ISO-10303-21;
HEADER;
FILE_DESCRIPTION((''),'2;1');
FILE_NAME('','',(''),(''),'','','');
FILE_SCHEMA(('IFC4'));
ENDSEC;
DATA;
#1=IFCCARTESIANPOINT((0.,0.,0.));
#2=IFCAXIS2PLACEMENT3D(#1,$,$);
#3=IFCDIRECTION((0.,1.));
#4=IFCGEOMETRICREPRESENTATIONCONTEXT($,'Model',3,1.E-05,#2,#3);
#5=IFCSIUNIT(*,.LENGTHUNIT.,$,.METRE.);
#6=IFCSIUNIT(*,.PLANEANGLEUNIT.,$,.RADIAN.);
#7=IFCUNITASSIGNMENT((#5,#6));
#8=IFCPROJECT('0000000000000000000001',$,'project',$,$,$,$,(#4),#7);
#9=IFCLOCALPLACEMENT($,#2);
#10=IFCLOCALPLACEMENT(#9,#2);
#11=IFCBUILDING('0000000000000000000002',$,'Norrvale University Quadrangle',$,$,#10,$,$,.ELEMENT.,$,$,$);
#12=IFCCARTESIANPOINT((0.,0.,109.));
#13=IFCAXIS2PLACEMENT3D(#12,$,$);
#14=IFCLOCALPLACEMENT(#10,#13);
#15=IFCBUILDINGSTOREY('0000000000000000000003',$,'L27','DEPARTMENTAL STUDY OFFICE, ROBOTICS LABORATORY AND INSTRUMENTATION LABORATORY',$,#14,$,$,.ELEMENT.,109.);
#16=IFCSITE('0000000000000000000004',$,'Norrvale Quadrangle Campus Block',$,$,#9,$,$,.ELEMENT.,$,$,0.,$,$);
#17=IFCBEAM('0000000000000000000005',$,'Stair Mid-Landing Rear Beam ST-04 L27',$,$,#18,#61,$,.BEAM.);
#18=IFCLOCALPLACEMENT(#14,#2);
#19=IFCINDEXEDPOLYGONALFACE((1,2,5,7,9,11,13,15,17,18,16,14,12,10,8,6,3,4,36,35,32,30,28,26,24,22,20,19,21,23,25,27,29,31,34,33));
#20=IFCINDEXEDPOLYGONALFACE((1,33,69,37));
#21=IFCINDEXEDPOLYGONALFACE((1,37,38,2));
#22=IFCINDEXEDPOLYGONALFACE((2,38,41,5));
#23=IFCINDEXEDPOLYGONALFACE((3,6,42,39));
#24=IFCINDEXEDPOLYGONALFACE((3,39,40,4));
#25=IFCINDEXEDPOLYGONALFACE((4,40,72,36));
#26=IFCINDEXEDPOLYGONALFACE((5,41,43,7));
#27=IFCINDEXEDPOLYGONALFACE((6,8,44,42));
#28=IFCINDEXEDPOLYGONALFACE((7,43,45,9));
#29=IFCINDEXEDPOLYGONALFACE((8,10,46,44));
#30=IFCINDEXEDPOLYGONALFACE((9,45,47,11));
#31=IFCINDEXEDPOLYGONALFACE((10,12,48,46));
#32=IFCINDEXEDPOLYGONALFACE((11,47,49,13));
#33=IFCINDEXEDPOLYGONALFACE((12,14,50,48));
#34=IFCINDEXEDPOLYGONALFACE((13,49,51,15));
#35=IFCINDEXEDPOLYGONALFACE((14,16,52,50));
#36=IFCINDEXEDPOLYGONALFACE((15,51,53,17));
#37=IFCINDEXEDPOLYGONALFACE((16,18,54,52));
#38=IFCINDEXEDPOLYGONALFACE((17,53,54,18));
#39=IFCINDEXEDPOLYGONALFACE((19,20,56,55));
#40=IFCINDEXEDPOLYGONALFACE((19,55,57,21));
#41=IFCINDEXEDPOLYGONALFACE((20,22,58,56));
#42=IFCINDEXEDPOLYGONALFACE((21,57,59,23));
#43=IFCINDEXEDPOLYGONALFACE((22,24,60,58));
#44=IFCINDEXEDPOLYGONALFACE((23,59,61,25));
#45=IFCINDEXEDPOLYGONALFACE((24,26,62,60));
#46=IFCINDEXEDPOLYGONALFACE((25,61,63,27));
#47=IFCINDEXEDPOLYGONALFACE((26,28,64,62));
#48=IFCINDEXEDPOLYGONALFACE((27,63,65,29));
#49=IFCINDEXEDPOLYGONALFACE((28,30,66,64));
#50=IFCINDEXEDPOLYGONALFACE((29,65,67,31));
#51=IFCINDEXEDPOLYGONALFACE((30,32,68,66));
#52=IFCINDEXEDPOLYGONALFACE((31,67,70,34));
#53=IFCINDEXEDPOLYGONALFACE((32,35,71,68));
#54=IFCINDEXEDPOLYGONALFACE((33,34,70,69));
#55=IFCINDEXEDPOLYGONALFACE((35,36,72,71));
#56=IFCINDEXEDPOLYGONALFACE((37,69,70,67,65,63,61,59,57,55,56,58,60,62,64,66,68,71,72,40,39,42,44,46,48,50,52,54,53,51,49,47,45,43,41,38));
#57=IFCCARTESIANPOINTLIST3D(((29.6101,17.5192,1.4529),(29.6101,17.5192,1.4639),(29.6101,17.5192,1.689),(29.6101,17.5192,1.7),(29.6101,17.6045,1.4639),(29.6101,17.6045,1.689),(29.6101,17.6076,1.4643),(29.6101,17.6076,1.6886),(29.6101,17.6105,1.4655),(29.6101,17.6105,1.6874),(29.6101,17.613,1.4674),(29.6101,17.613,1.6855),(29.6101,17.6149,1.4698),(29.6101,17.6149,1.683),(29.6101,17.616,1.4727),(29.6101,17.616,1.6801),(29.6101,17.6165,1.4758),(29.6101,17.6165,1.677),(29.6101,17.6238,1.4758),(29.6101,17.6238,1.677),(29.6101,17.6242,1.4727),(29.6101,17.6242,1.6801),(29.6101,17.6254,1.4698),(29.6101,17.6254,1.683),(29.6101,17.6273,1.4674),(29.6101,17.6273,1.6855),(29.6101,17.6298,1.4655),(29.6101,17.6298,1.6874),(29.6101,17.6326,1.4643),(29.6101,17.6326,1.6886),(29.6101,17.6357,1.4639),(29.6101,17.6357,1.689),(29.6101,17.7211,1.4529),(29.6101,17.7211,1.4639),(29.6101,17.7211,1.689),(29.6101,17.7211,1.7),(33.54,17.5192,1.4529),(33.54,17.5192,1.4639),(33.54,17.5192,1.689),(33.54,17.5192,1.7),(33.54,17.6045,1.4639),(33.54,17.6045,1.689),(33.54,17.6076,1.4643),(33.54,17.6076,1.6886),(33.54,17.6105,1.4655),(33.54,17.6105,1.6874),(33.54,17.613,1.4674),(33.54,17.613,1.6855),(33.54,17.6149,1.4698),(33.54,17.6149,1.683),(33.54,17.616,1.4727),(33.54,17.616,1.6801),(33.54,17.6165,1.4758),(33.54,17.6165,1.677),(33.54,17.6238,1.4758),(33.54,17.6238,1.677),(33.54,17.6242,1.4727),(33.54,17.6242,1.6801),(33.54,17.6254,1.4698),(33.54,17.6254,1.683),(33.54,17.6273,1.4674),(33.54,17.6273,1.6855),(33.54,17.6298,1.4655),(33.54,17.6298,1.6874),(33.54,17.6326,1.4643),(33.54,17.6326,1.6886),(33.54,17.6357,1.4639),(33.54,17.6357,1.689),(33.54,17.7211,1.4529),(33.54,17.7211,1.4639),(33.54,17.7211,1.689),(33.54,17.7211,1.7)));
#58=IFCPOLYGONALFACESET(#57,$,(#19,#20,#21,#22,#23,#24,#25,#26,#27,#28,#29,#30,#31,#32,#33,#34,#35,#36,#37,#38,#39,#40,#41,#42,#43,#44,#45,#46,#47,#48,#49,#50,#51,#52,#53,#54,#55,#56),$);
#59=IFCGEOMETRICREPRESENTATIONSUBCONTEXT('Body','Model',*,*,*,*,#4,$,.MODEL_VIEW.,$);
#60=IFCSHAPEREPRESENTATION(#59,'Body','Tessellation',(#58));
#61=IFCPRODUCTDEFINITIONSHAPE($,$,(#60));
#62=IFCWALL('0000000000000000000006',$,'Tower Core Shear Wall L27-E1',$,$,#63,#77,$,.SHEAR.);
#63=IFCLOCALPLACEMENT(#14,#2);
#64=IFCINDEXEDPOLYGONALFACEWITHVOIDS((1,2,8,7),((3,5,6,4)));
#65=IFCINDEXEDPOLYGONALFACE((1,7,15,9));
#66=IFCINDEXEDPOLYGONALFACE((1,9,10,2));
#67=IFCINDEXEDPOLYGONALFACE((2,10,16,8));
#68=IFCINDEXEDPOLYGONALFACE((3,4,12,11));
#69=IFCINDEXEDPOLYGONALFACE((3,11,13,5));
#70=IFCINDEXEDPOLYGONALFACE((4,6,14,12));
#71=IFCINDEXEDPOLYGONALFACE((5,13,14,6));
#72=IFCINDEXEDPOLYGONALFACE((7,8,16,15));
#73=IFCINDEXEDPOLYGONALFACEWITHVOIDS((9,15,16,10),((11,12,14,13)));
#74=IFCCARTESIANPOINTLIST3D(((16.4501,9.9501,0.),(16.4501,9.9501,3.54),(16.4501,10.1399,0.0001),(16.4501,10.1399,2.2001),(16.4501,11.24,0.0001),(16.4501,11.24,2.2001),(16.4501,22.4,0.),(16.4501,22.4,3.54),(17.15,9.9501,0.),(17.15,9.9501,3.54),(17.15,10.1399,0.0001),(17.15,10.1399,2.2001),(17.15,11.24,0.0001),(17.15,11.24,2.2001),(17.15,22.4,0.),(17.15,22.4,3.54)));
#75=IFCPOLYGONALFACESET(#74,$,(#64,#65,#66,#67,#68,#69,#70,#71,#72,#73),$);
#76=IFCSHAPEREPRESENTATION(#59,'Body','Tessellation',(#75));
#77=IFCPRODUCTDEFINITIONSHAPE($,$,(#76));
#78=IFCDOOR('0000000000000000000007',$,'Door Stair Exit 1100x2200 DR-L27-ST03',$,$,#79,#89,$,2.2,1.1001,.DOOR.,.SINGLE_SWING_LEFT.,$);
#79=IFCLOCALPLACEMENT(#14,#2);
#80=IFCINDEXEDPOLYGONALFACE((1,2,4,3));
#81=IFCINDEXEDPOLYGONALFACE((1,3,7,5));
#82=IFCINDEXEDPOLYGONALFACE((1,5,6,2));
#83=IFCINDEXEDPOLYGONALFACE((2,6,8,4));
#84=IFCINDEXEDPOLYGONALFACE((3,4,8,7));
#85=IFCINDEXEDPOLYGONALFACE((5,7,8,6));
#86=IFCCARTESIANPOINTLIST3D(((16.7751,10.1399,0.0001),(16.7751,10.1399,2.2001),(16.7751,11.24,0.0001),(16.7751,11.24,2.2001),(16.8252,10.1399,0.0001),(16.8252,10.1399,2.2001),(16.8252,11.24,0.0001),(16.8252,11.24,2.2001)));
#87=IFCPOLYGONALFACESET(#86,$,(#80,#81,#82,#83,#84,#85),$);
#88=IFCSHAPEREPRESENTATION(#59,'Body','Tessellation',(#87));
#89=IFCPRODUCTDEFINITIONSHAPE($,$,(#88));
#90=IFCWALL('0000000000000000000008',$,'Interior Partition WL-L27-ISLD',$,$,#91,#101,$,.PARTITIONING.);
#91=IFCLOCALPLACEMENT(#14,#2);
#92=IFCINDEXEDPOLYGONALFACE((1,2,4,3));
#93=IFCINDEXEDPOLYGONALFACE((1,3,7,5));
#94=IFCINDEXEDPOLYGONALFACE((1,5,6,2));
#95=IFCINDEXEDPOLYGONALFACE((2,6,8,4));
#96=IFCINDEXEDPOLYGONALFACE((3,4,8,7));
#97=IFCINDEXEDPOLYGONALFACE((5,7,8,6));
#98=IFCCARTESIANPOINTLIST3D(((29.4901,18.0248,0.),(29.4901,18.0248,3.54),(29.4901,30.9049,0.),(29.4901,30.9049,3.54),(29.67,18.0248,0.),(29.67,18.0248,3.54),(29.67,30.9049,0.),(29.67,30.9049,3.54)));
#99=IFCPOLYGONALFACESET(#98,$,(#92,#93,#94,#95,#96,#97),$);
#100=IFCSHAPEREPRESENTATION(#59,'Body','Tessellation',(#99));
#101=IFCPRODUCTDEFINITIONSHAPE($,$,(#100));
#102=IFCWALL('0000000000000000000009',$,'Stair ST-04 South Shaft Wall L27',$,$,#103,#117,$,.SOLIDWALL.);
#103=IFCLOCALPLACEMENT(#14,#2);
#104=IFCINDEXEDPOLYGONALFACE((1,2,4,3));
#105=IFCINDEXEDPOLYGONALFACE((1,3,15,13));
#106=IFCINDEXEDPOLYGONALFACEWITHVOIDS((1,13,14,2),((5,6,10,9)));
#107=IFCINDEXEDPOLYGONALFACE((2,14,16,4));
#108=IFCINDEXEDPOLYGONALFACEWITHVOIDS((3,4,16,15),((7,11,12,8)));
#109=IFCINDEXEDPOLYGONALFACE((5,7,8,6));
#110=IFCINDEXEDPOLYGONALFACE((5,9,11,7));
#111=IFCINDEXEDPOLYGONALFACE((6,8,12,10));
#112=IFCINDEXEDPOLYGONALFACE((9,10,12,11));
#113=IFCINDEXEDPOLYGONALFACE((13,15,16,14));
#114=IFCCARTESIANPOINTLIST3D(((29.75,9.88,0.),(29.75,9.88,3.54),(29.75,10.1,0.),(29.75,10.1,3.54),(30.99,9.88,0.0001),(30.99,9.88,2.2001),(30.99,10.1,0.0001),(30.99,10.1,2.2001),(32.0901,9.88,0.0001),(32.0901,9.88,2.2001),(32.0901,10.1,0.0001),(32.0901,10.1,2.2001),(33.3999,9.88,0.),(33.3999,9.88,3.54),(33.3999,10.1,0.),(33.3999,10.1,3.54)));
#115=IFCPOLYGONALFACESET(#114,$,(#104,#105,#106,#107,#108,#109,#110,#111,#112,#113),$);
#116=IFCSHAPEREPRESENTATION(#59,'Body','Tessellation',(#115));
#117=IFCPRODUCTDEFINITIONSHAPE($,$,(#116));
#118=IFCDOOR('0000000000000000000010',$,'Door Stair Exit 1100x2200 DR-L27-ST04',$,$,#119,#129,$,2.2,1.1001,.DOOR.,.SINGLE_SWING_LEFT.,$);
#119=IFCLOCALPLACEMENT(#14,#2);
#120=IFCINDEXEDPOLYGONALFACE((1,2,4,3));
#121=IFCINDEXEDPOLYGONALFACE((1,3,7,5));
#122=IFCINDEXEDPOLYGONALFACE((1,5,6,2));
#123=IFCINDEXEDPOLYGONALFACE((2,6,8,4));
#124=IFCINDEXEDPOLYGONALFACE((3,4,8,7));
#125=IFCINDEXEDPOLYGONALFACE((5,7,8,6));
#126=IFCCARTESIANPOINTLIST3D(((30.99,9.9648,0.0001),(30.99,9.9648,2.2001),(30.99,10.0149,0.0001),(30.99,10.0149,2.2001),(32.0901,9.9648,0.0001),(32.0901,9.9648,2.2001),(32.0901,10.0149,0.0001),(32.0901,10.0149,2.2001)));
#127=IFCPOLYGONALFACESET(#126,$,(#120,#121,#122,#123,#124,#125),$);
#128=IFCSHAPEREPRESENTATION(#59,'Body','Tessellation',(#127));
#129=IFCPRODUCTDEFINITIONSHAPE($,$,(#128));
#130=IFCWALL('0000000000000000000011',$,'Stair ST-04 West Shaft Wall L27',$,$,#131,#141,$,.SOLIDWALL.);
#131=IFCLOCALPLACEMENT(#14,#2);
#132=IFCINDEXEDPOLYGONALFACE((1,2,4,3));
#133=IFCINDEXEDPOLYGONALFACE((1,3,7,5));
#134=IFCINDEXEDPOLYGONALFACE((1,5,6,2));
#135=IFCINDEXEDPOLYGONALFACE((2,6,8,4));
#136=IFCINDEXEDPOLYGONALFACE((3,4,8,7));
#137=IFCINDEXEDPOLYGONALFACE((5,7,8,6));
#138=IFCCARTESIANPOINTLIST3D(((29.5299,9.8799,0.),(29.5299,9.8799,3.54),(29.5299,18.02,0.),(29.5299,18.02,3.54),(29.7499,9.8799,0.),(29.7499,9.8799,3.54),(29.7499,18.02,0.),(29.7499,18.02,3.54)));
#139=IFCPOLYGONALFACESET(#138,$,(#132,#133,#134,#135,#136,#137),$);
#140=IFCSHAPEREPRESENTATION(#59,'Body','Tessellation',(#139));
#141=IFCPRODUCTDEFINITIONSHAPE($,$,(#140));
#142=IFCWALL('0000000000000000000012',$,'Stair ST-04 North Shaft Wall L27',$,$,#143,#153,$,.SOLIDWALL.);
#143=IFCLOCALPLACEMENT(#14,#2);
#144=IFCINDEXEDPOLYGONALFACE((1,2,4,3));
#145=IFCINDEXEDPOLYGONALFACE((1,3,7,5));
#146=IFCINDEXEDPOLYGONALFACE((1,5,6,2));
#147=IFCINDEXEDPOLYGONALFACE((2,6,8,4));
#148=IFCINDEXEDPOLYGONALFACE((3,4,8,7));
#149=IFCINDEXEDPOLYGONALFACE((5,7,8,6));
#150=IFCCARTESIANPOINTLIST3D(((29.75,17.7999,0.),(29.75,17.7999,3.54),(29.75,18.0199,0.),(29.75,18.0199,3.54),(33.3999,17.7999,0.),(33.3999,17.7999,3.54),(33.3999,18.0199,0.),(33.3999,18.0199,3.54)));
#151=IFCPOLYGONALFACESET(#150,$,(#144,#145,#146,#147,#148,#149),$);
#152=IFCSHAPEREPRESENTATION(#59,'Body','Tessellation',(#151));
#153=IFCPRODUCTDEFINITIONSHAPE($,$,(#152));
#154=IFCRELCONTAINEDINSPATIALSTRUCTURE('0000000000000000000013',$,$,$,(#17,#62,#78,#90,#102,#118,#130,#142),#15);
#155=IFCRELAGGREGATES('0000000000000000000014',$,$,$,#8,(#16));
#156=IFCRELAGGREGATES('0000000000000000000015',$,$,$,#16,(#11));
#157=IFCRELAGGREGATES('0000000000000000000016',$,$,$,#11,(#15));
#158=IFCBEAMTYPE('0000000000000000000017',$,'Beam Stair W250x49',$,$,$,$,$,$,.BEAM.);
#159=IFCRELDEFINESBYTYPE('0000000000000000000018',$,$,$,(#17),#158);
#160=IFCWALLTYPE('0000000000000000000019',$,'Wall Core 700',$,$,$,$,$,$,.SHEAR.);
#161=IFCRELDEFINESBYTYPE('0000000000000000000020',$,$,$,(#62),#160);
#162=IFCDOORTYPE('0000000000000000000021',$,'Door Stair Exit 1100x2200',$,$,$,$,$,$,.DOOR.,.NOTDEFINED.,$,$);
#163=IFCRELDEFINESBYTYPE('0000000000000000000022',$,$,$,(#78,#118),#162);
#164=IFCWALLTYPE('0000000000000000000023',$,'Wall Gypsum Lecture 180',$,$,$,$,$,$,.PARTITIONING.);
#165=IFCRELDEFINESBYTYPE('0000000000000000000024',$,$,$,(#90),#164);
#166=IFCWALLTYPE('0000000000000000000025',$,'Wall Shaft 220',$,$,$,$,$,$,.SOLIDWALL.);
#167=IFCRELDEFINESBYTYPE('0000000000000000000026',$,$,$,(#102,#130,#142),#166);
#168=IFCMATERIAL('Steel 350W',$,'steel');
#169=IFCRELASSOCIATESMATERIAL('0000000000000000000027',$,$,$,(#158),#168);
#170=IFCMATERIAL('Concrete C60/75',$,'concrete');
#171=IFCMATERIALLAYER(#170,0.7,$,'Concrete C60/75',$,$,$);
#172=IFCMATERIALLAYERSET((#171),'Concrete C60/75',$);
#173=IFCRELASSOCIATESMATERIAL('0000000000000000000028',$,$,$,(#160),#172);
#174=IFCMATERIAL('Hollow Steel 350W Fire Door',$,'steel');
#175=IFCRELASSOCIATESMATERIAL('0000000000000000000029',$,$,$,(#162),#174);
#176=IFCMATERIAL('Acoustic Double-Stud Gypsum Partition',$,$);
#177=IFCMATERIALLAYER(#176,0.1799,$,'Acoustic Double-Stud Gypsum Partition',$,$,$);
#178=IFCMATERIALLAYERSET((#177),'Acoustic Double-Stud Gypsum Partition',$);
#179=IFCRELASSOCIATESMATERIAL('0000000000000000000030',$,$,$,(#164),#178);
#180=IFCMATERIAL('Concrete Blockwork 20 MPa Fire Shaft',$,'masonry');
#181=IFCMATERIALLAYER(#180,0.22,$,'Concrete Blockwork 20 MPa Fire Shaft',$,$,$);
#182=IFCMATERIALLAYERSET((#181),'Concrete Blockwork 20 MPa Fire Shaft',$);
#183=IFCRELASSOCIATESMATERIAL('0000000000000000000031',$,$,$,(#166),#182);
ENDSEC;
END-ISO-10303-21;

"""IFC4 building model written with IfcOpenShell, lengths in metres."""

from ifc_helpers import new_model, si_unit, direction, frame, frame_2d, origin, origin_2d, place, context, subcontext, project, spatial, rectangle, i_section, extrude, material, layer, layer_set, material_profile, profile_set, type_object, element, fill, save


model = new_model("IFC4")

# Units and contexts
model_context = context("Model", 3, precision=1e-05, world=origin(), true_north=direction((0.0, 1.0)))
body_context = subcontext(model_context, "Body", "Model", "MODEL_VIEW")
ifc_project = project(units=[si_unit("LENGTHUNIT", "METRE"), si_unit("PLANEANGLEUNIT", "RADIAN")], contexts=[model_context])

# Site, building, storey
site_placement = place(None, origin())
site = spatial("IfcSite", under=ifc_project, at=site_placement, Name="Norrvale Quadrangle Campus Block", CompositionType="ELEMENT", RefElevation=0.0)
building_placement = place(site_placement, origin())
building = spatial("IfcBuilding", under=site, at=building_placement, Name="Norrvale University Quadrangle", CompositionType="ELEMENT")
storey_placement = place(building_placement, frame((0.0, 0.0, 109.0)))
storey = spatial("IfcBuildingStorey", under=building, at=storey_placement, Name="L27", Description="DEPARTMENTAL STUDY OFFICE, ROBOTICS LABORATORY AND INSTRUMENTATION LABORATORY", CompositionType="ELEMENT", Elevation=109.0)

# Shared definitions
ifc_material_1 = material(Name="Concrete C60/75", Category="concrete")

# Beam
ifc_material_2 = material(Name="Steel 350W", Category="steel")
ifc_material_profile_1 = material_profile(ifc_material_2, i_section(OverallWidth=0.2019, OverallDepth=0.2471, WebThickness=0.0073, FlangeThickness=0.011, FilletRadius=0.012, at=origin_2d()), Name="Steel 350W")
ifc_profile_set_1 = profile_set([ifc_material_profile_1], Name="Steel 350W")
beam_type_1 = type_object("IfcBeamType", Name="Beam Stair W250x49", PredefinedType="BEAM", material=ifc_profile_set_1)
for number, where, z_axis, x_axis, name in (
    (1, (29.6101, 17.6201, 1.5764), (1.0, 0.0, 0.0), (0.0, 1.0, 0.0), "Stair Mid-Landing Rear Beam ST-04 L27"),
):
    element("IfcBeam", number, at=place(storey_placement, frame(where, z_axis=z_axis, x_axis=x_axis)), inside=storey, type_object=beam_type_1, Name=name, PredefinedType="BEAM", context=body_context, shape_type="SweptSolid", body=[
        extrude(i_section(OverallWidth=0.2019, OverallDepth=0.2471, WebThickness=0.0073, FlangeThickness=0.011, FilletRadius=0.012, at=origin_2d()), origin(), (0.0, 0.0, 1.0), 3.9299),
    ])

# Wall, opening, door
ifc_layer_1 = layer(ifc_material_1, 0.7, Name="Concrete C60/75")
ifc_layer_set_1 = layer_set([ifc_layer_1], Name="Concrete C60/75")
wall_type_1 = type_object("IfcWallType", Name="Wall Core 700", PredefinedType="SHEAR", material=ifc_layer_set_1)
wall_1_placement = place(storey_placement, frame((16.8, 9.95, 0.0), z_axis=(0.0, 0.0, 1.0), x_axis=(0.0, 1.0, 0.0)))
wall_1 = element("IfcWall", 2, at=wall_1_placement, inside=storey, type_object=wall_type_1, Name="Tower Core Shear Wall L27-E1", PredefinedType="SHEAR", context=body_context, shape_type="SweptSolid", body=[
    extrude(rectangle(XDim=12.45, YDim=0.7, at=frame_2d((6.2251, 0.0))), origin(), (0.0, 0.0, 1.0), 3.54),
])
opening_1_placement = place(wall_1_placement, frame((0.1899, 0.0, 0.0)))
opening_1 = element("IfcOpeningElement", 3, at=opening_1_placement, cuts=wall_1, PredefinedType="OPENING", context=body_context, shape_type="SweptSolid", body=[
    extrude(rectangle(XDim=1.1001, YDim=2.2, at=frame_2d((0.55, 1.1001))), frame((0.0, 0.3621, 0.0), z_axis=(0.0, -1.0, 0.0), x_axis=(1.0, 0.0, 0.0)), (0.0, 0.0, 1.0), 0.7239),
])
ifc_material_3 = material(Name="Hollow Steel 350W Fire Door", Category="steel")
door_type = type_object("IfcDoorType", Name="Door Stair Exit 1100x2200", OperationType="NOTDEFINED", PredefinedType="DOOR", material=ifc_material_3)
door_1_placement = place(opening_1_placement, origin())
door_1 = element("IfcDoor", 4, at=door_1_placement, inside=storey, type_object=door_type, Name="Door Stair Exit 1100x2200 DR-L27-ST03", OperationType="SINGLE_SWING_LEFT", OverallHeight=2.2, OverallWidth=1.1001, PredefinedType="DOOR", context=body_context, shape_type="SweptSolid", body=[
    extrude(rectangle(XDim=1.1001, YDim=2.2, at=frame_2d((0.55, 1.1001))), frame((0.0, 0.0249, 0.0), z_axis=(0.0, -1.0, 0.0), x_axis=(1.0, 0.0, 0.0)), (0.0, 0.0, 1.0), 0.05),
])
fill(opening_1, door_1)

# Wall
ifc_material_4 = material(Name="Acoustic Double-Stud Gypsum Partition")
ifc_layer_2 = layer(ifc_material_4, 0.1799, Name="Acoustic Double-Stud Gypsum Partition")
ifc_layer_set_2 = layer_set([ifc_layer_2], Name="Acoustic Double-Stud Gypsum Partition")
wall_type_2 = type_object("IfcWallType", Name="Wall Gypsum Lecture 180", PredefinedType="PARTITIONING", material=ifc_layer_set_2)
wall_2_placement = place(storey_placement, frame((29.5801, 18.0249, 0.0), z_axis=(0.0, 0.0, 1.0), x_axis=(0.0, 1.0, 0.0)))
element("IfcWall", 5, at=wall_2_placement, inside=storey, type_object=wall_type_2, Name="Interior Partition WL-L27-ISLD", PredefinedType="PARTITIONING", context=body_context, shape_type="SweptSolid", body=[
    extrude(rectangle(XDim=12.8801, YDim=0.1799, at=frame_2d((6.4399, 0.0))), origin(), (0.0, 0.0, 1.0), 3.54),
])

# Wall, opening, door
ifc_material_5 = material(Name="Concrete Blockwork 20 MPa Fire Shaft", Category="masonry")
ifc_layer_3 = layer(ifc_material_5, 0.22, Name="Concrete Blockwork 20 MPa Fire Shaft")
ifc_layer_set_3 = layer_set([ifc_layer_3], Name="Concrete Blockwork 20 MPa Fire Shaft")
wall_type_3 = type_object("IfcWallType", Name="Wall Shaft 220", PredefinedType="SOLIDWALL", material=ifc_layer_set_3)
wall_3_placement = place(storey_placement, frame((29.75, 9.99, 0.0), z_axis=(0.0, 0.0, 1.0), x_axis=(1.0, 0.0, 0.0)))
wall_3 = element("IfcWall", 6, at=wall_3_placement, inside=storey, type_object=wall_type_3, Name="Stair ST-04 South Shaft Wall L27", PredefinedType="SOLIDWALL", context=body_context, shape_type="SweptSolid", body=[
    extrude(rectangle(XDim=3.6499, YDim=0.22, at=frame_2d((1.825, 0.0))), origin(), (0.0, 0.0, 1.0), 3.54),
])
opening_2_placement = place(wall_3_placement, frame((1.24, 0.0, 0.0)))
opening_2 = element("IfcOpeningElement", 7, at=opening_2_placement, cuts=wall_3, PredefinedType="OPENING", context=body_context, shape_type="SweptSolid", body=[
    extrude(rectangle(XDim=1.1001, YDim=2.2, at=frame_2d((0.55, 1.1001))), frame((0.0, 0.1221, 0.0), z_axis=(0.0, -1.0, 0.0), x_axis=(1.0, 0.0, 0.0)), (0.0, 0.0, 1.0), 0.2439),
])
door_2_placement = place(opening_2_placement, origin())
door_2 = element("IfcDoor", 8, at=door_2_placement, inside=storey, type_object=door_type, Name="Door Stair Exit 1100x2200 DR-L27-ST04", OperationType="SINGLE_SWING_LEFT", OverallHeight=2.2, OverallWidth=1.1001, PredefinedType="DOOR", context=body_context, shape_type="SweptSolid", body=[
    extrude(rectangle(XDim=1.1001, YDim=2.2, at=frame_2d((0.55, 1.1001))), frame((0.0, 0.0249, 0.0), z_axis=(0.0, -1.0, 0.0), x_axis=(1.0, 0.0, 0.0)), (0.0, 0.0, 1.0), 0.05),
])
fill(opening_2, door_2)

# Walls
wall_4_placement = place(storey_placement, frame((29.6399, 9.8799, 0.0), z_axis=(0.0, 0.0, 1.0), x_axis=(0.0, 1.0, 0.0)))
element("IfcWall", 9, at=wall_4_placement, inside=storey, type_object=wall_type_3, Name="Stair ST-04 West Shaft Wall L27", PredefinedType="SOLIDWALL", context=body_context, shape_type="SweptSolid", body=[
    extrude(rectangle(XDim=8.1401, YDim=0.22, at=frame_2d((4.0701, 0.0))), origin(), (0.0, 0.0, 1.0), 3.54),
])
wall_5_placement = place(storey_placement, frame((29.75, 17.9099, 0.0), z_axis=(0.0, 0.0, 1.0), x_axis=(1.0, 0.0, 0.0)))
element("IfcWall", 10, at=wall_5_placement, inside=storey, type_object=wall_type_3, Name="Stair ST-04 North Shaft Wall L27", PredefinedType="SOLIDWALL", context=body_context, shape_type="SweptSolid", body=[
    extrude(rectangle(XDim=3.6499, YDim=0.22, at=frame_2d((1.825, 0.0))), origin(), (0.0, 0.0, 1.0), 3.54),
])

save(model, "model.ifc")
